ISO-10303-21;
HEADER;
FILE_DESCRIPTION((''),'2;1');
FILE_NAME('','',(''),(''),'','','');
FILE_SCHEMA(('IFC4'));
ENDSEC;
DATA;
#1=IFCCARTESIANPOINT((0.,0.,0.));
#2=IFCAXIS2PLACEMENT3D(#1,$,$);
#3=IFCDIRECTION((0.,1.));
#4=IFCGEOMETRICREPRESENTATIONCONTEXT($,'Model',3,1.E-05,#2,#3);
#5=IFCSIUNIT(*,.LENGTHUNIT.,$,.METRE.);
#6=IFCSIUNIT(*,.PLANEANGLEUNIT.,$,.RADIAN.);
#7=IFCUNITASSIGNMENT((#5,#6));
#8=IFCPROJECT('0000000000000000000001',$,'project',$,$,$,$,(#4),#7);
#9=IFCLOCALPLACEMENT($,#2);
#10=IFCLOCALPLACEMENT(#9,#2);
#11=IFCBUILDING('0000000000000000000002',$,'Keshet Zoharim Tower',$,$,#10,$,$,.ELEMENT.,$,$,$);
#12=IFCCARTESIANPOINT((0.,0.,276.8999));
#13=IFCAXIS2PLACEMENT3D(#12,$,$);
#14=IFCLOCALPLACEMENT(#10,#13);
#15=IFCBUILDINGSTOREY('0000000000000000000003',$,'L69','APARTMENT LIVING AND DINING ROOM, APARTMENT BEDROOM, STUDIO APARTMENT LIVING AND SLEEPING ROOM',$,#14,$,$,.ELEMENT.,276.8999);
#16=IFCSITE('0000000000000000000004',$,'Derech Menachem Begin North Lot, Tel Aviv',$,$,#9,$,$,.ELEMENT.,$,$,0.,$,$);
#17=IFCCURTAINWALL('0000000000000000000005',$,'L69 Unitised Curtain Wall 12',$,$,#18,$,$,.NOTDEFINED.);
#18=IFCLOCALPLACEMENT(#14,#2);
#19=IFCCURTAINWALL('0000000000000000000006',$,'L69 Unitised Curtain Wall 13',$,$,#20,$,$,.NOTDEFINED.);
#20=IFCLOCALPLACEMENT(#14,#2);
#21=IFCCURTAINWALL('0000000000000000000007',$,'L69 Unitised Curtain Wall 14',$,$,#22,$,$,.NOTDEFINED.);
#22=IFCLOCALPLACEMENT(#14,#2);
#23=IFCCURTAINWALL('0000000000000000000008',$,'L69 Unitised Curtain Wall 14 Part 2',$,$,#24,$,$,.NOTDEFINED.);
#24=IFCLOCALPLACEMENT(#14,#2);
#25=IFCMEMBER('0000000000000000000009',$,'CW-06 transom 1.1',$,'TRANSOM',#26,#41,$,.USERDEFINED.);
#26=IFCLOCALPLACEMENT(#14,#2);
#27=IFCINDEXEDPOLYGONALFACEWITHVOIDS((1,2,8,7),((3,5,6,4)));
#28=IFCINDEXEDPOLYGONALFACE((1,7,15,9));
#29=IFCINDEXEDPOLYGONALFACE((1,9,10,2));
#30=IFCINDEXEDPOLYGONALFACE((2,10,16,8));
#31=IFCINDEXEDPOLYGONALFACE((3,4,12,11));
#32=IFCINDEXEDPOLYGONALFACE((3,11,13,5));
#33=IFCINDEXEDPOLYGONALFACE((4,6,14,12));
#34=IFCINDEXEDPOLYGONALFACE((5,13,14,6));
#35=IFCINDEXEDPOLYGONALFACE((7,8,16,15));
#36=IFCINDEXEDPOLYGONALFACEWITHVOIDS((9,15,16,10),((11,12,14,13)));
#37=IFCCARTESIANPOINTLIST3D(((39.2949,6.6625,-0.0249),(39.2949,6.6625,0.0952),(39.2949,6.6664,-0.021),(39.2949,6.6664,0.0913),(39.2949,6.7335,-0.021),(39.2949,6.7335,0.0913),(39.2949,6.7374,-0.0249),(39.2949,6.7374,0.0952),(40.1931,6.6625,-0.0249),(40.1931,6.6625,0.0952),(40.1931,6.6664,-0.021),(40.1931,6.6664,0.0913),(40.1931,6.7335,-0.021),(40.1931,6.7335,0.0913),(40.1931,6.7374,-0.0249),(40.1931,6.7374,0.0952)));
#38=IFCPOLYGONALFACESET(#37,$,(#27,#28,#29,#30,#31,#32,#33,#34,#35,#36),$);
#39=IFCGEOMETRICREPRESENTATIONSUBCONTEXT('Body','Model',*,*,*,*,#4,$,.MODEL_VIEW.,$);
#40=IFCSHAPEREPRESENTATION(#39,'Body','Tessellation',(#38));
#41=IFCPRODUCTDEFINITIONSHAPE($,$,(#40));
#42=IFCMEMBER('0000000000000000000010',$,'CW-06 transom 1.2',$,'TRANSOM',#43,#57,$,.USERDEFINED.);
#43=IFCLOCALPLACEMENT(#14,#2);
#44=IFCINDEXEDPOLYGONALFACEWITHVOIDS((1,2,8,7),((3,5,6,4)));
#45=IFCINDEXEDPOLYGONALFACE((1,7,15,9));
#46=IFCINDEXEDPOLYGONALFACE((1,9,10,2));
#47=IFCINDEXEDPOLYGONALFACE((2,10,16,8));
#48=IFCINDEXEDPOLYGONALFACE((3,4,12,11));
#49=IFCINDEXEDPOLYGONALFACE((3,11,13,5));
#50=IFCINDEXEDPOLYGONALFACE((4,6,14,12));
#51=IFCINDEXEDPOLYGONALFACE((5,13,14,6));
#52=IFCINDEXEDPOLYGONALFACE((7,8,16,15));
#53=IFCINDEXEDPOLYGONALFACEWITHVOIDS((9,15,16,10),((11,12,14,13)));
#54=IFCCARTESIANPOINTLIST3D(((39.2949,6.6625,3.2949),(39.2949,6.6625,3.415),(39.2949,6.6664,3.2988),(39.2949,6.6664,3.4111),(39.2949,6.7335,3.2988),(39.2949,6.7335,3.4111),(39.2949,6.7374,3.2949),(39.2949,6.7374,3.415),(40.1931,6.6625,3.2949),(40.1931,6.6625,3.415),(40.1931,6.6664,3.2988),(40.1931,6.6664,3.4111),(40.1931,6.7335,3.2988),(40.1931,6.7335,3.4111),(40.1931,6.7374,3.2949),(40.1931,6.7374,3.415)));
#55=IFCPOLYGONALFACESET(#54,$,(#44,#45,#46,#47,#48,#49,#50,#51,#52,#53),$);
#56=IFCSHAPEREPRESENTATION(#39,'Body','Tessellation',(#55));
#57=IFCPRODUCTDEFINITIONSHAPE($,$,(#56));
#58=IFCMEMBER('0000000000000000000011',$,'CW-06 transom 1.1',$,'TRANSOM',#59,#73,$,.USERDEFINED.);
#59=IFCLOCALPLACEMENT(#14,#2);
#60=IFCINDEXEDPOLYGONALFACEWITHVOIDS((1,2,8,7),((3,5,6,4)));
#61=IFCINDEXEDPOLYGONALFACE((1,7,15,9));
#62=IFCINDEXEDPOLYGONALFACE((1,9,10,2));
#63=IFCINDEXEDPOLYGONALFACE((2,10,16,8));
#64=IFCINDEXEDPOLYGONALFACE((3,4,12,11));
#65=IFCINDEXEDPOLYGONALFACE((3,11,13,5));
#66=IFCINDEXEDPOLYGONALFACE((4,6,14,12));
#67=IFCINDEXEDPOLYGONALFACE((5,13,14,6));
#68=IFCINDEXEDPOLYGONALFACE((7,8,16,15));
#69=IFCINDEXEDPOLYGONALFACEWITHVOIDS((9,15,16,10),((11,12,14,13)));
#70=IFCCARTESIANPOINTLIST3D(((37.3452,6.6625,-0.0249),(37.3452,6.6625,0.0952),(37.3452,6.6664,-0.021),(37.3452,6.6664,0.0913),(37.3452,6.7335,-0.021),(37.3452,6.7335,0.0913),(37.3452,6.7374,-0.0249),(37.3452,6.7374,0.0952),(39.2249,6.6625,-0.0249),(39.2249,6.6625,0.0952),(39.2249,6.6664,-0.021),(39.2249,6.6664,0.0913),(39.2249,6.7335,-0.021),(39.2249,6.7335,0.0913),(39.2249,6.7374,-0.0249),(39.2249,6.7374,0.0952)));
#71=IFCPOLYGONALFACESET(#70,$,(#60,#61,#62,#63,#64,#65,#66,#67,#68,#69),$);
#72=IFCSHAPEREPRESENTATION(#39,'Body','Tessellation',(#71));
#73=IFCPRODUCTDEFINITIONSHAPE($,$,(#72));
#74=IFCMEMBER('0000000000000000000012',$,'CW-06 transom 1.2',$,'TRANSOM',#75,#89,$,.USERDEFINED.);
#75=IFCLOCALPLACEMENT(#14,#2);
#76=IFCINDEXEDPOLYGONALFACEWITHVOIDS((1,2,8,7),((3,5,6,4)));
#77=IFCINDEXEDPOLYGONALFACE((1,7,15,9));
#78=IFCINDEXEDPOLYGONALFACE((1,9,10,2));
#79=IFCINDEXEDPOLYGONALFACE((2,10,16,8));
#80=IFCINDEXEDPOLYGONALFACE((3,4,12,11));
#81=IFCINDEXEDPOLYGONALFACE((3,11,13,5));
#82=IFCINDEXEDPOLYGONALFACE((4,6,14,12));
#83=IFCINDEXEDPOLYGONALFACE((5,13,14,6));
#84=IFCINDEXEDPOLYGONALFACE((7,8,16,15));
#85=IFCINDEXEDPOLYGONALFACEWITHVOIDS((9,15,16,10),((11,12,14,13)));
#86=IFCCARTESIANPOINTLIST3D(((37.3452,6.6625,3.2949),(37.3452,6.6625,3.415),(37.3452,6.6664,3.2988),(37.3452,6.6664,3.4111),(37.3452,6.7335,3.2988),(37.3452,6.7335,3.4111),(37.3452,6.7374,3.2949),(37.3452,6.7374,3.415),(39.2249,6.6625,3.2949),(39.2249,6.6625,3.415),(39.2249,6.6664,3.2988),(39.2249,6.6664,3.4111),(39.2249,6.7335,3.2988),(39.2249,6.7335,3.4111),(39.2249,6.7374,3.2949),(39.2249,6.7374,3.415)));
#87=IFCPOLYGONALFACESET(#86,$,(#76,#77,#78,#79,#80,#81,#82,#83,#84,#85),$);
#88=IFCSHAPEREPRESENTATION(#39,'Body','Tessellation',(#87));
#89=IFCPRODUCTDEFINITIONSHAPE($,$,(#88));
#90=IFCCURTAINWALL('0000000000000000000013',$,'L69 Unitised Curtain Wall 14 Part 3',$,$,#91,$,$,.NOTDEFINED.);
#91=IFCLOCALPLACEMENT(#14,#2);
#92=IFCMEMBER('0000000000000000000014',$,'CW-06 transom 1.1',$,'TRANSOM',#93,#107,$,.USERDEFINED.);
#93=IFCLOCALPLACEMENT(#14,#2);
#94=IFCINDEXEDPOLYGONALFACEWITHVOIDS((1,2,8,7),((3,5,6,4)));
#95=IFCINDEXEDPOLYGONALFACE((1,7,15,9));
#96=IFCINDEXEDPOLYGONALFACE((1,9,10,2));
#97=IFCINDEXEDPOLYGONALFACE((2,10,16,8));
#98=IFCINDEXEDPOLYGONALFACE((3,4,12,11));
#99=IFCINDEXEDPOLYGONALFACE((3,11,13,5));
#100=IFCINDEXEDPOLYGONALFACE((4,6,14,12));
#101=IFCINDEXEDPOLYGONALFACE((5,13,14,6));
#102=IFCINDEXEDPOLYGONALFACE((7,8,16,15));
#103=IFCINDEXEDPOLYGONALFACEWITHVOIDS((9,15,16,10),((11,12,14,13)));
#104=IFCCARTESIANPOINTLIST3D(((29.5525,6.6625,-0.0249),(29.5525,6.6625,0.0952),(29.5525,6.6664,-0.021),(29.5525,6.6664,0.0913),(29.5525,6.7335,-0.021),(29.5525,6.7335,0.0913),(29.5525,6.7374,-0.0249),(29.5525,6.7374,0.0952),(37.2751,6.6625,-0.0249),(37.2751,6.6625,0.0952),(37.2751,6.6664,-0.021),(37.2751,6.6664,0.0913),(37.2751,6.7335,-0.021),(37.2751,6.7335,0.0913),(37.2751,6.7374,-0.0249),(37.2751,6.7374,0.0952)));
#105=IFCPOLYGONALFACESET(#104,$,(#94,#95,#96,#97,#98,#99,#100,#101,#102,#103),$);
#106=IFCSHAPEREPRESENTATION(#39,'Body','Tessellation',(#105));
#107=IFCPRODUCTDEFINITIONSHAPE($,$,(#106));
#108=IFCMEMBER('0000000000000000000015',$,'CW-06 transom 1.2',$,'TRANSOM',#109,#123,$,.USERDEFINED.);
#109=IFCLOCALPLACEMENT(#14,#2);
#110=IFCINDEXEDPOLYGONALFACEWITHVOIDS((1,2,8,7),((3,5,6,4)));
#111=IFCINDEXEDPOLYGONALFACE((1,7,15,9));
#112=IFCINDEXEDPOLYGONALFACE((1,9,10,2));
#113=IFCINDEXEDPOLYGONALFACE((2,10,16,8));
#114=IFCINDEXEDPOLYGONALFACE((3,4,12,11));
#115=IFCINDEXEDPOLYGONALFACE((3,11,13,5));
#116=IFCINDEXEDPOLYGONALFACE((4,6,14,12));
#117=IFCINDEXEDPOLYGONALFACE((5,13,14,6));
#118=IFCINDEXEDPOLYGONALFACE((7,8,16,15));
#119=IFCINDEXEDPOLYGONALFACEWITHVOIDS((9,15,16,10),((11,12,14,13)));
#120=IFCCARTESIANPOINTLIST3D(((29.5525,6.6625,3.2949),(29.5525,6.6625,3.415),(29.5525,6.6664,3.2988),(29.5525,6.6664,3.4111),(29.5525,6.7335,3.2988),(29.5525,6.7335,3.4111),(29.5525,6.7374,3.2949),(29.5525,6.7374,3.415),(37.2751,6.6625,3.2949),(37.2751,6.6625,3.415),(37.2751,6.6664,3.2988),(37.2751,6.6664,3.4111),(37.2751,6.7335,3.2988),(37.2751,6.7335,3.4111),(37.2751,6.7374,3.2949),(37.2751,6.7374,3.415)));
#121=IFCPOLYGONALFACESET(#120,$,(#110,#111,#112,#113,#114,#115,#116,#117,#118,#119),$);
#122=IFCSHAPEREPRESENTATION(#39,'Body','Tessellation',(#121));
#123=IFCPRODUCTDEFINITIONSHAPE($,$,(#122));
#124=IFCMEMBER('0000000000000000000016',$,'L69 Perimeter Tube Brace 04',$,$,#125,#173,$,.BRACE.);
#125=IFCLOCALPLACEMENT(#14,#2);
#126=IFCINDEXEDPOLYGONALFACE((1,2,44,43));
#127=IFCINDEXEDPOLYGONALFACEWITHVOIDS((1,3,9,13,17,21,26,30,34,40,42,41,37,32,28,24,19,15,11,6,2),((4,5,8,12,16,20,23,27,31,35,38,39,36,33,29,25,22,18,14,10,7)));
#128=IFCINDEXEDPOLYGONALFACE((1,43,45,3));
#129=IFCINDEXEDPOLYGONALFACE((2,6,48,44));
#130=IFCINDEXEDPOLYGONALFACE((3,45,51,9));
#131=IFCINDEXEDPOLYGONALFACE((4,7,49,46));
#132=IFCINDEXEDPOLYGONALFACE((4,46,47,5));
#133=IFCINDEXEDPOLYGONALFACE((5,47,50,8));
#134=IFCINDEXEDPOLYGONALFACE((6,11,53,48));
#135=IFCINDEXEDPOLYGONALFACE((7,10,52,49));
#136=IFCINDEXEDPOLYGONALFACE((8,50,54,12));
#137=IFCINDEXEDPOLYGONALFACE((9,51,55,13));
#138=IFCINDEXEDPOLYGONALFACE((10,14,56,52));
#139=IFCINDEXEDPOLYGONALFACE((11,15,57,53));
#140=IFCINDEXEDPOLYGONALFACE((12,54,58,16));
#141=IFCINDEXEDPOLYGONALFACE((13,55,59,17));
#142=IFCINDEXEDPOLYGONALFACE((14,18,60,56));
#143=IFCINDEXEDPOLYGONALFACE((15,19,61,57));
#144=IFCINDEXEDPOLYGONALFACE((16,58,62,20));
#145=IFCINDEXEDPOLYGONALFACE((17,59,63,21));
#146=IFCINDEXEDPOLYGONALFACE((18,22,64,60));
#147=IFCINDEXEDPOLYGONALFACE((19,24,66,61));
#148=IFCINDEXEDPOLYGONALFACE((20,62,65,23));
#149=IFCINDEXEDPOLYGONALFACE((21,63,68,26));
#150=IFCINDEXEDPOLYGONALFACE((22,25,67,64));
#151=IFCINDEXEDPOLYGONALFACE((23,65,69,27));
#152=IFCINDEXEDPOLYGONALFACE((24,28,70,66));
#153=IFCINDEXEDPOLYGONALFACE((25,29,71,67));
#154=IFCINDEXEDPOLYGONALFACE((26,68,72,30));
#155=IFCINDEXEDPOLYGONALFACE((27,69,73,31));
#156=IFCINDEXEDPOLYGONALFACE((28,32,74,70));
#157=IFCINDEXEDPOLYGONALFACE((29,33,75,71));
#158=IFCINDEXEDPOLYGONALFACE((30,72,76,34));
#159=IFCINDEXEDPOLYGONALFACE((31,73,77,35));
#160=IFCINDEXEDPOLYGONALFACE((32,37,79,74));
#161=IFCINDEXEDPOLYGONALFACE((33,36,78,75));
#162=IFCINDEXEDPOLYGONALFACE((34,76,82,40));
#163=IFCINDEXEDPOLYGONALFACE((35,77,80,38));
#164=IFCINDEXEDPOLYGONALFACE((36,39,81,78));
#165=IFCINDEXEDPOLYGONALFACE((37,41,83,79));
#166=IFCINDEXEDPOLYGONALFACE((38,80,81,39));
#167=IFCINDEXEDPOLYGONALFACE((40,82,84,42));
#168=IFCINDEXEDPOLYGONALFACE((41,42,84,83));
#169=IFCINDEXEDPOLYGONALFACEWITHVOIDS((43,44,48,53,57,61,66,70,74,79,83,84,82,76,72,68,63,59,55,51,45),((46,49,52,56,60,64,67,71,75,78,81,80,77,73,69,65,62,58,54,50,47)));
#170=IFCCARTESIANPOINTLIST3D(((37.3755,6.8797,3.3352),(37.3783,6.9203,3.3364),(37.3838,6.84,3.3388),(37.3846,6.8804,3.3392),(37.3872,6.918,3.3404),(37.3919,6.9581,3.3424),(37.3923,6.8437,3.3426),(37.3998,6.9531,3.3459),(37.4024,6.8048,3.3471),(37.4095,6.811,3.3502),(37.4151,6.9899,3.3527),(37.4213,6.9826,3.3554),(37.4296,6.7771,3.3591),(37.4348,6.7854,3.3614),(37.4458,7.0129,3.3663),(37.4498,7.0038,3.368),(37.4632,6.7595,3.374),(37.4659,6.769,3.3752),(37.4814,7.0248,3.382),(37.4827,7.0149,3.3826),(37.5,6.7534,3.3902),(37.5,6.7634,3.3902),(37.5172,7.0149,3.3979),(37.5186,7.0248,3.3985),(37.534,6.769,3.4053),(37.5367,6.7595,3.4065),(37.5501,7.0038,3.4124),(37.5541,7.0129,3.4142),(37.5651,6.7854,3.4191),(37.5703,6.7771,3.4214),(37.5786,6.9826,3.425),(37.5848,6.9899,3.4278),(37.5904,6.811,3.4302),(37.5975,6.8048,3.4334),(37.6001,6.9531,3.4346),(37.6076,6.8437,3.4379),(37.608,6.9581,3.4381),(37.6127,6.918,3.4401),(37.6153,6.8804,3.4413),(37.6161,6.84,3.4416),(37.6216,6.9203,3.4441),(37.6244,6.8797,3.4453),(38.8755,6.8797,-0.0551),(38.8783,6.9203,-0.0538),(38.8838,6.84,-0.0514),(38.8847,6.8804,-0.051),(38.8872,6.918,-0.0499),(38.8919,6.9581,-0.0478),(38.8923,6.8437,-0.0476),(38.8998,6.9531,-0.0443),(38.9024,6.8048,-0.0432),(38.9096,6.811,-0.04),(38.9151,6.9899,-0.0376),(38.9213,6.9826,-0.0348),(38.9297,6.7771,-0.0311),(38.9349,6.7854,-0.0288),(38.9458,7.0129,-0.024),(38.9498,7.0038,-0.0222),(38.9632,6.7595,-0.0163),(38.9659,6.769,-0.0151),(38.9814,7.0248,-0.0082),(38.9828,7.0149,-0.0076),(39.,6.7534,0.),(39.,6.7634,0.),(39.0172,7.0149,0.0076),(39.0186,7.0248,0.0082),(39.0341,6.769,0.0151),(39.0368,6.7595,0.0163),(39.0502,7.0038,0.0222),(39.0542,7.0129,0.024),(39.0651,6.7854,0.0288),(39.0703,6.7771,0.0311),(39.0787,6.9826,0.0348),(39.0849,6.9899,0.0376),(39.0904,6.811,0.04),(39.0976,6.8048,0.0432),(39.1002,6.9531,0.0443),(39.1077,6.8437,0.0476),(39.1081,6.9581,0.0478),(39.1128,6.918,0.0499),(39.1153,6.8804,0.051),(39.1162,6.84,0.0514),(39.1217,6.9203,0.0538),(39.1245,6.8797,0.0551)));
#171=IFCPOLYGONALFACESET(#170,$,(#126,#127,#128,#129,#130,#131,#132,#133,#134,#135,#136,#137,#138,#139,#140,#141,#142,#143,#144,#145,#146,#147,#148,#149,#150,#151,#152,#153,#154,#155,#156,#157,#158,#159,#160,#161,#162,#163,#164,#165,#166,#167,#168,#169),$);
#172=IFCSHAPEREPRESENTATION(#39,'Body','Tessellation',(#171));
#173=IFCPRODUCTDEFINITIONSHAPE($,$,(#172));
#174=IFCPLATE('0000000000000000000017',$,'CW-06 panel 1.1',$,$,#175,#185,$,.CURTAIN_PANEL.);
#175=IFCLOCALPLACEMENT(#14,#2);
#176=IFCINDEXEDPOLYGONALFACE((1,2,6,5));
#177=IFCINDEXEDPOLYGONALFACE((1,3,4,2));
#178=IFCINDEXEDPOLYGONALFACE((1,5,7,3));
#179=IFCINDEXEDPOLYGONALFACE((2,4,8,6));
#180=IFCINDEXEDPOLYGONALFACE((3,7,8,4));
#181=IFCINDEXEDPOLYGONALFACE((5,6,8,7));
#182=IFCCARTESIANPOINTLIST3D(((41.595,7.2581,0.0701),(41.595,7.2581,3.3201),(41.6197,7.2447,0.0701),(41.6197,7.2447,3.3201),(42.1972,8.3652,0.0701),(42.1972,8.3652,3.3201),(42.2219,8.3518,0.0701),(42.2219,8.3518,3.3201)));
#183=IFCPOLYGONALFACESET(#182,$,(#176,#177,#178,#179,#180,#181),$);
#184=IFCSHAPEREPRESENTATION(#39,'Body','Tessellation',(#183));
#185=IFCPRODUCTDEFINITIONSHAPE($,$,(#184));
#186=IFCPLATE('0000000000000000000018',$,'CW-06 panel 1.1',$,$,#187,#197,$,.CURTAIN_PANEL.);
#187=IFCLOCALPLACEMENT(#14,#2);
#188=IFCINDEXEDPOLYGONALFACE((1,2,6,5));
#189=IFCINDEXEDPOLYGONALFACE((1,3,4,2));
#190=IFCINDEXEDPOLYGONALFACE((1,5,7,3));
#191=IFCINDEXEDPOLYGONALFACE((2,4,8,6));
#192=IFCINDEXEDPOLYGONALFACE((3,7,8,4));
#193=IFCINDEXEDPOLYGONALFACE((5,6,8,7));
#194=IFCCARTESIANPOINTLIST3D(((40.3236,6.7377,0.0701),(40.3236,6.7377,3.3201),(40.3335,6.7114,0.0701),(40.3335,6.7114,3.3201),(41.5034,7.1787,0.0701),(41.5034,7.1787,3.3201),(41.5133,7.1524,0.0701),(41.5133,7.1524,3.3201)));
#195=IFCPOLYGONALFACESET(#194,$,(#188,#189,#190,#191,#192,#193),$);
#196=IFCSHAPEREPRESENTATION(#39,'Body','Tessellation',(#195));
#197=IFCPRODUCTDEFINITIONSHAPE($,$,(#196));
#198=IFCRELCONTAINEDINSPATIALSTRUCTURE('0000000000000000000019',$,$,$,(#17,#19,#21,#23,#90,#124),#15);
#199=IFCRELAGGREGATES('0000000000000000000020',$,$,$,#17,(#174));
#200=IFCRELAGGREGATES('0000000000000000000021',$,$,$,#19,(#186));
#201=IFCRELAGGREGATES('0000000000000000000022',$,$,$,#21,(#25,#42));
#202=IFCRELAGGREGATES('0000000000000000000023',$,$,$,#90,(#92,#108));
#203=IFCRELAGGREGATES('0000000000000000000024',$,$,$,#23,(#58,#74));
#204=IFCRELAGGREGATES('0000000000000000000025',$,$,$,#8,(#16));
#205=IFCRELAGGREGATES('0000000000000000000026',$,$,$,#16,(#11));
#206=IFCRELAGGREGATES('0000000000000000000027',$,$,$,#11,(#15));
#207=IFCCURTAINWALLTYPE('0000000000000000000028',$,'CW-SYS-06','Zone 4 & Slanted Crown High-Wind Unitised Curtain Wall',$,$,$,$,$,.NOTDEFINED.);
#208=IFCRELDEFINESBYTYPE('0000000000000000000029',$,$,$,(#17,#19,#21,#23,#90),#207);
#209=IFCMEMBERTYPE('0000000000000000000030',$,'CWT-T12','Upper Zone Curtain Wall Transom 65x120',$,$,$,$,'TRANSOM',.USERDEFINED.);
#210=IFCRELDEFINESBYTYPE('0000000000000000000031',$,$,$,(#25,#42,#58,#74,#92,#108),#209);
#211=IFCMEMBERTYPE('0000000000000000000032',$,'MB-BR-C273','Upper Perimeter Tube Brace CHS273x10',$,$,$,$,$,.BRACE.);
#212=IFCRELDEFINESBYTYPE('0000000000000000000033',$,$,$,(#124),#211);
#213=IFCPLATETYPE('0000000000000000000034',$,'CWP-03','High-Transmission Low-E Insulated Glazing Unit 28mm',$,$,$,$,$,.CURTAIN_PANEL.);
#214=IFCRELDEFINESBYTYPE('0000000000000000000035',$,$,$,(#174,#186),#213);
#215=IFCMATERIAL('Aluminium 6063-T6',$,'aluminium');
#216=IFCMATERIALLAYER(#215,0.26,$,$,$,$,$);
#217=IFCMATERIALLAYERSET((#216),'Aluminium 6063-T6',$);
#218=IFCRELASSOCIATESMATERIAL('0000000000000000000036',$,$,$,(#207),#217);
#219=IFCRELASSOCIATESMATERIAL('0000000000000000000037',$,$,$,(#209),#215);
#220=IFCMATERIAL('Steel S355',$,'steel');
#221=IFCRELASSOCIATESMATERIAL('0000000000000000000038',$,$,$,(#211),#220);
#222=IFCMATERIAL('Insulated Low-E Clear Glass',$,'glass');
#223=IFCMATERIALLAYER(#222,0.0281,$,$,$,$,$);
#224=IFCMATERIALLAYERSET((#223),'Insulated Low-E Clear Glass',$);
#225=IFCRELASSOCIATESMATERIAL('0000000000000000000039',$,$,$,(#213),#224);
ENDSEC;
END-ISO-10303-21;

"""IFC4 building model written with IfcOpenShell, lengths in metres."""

from ifc_helpers import new_model, si_unit, direction, frame, origin, origin_2d, place, context, subcontext, project, spatial, rectangle, hollow_rectangle, hollow_circle, extrude, material, layer, layer_set, material_profile, profile_set, type_object, element, aggregate, save


model = new_model("IFC4")

# Units and contexts
model_context = context("Model", 3, precision=1e-05, world=origin(), true_north=direction((0.0, 1.0)))
body_context = subcontext(model_context, "Body", "Model", "MODEL_VIEW")
ifc_project = project(units=[si_unit("LENGTHUNIT", "METRE"), si_unit("PLANEANGLEUNIT", "RADIAN")], contexts=[model_context])

# Site, building, storey
site_placement = place(None, origin())
site = spatial("IfcSite", under=ifc_project, at=site_placement, Name="Derech Menachem Begin North Lot, Tel Aviv", CompositionType="ELEMENT", RefElevation=0.0)
building_placement = place(site_placement, origin())
building = spatial("IfcBuilding", under=site, at=building_placement, Name="Keshet Zoharim Tower", CompositionType="ELEMENT")
storey_placement = place(building_placement, frame((0.0, 0.0, 276.8999)))
storey = spatial("IfcBuildingStorey", under=building, at=storey_placement, Name="L69", Description="APARTMENT LIVING AND DINING ROOM, APARTMENT BEDROOM, STUDIO APARTMENT LIVING AND SLEEPING ROOM", CompositionType="ELEMENT", Elevation=276.8999)

# Shared definitions
ifc_material_1 = material(Name="Steel S355", Category="steel")

# Curtain wall
ifc_material_2 = material(Name="Aluminium 6063-T6", Category="aluminium")
ifc_layer_1 = layer(ifc_material_2, 0.26)
ifc_layer_set_1 = layer_set([ifc_layer_1], Name="Aluminium 6063-T6")
curtain_wall_type = type_object("IfcCurtainWallType", Name="CW-SYS-06", Description="Zone 4 & Slanted Crown High-Wind Unitised Curtain Wall", PredefinedType="NOTDEFINED", material=ifc_layer_set_1)
curtain_wall_1_placement = place(storey_placement, origin())
curtain_wall_1 = element("IfcCurtainWall", 1, at=curtain_wall_1_placement, inside=storey, type_object=curtain_wall_type, Name="L69 Unitised Curtain Wall 12", PredefinedType="NOTDEFINED")

# Curtain walls
curtain_wall_2_placement = place(storey_placement, origin())
curtain_wall_2 = element("IfcCurtainWall", 2, at=curtain_wall_2_placement, inside=storey, type_object=curtain_wall_type, Name="L69 Unitised Curtain Wall 13", PredefinedType="NOTDEFINED")
curtain_wall_3_placement = place(storey_placement, origin())
curtain_wall_3 = element("IfcCurtainWall", 3, at=curtain_wall_3_placement, inside=storey, type_object=curtain_wall_type, Name="L69 Unitised Curtain Wall 14", PredefinedType="NOTDEFINED")

# Curtain wall
curtain_wall_4_placement = place(storey_placement, origin())
curtain_wall_4 = element("IfcCurtainWall", 4, at=curtain_wall_4_placement, inside=storey, type_object=curtain_wall_type, Name="L69 Unitised Curtain Wall 14 Part 2", PredefinedType="NOTDEFINED")

# Members
ifc_material_profile_1 = material_profile(ifc_material_2, hollow_rectangle(XDim=0.075, YDim=0.1201, WallThickness=0.0039, at=origin_2d()), Name="TRN-75x120")
ifc_profile_set_1 = profile_set([ifc_material_profile_1], Name="Aluminium 6063-T6")
member_type_1 = type_object("IfcMemberType", Name="CWT-T12", Description="Upper Zone Curtain Wall Transom 65x120", ElementType="TRANSOM", PredefinedType="USERDEFINED", material=ifc_profile_set_1)
member_1_placement = place(storey_placement, frame((40.1931, 6.7, 0.0352), z_axis=(-1.0, 0.0, 0.0), x_axis=(0.0, -1.0, 0.0)))
member_1 = element("IfcMember", 5, at=member_1_placement, type_object=member_type_1, Name="CW-06 transom 1.1", ObjectType="TRANSOM", PredefinedType="USERDEFINED", context=body_context, shape_type="SweptSolid", body=[
    extrude(hollow_rectangle(XDim=0.075, YDim=0.1201, WallThickness=0.0039, at=origin_2d()), origin(), (0.0, 0.0, 1.0), 0.8982),
])
member_2_placement = place(storey_placement, frame((40.1931, 6.7, 3.355), z_axis=(-1.0, 0.0, 0.0), x_axis=(0.0, -1.0, 0.0)))
member_2 = element("IfcMember", 6, at=member_2_placement, type_object=member_type_1, Name="CW-06 transom 1.2", ObjectType="TRANSOM", PredefinedType="USERDEFINED", context=body_context, shape_type="SweptSolid", body=[
    extrude(hollow_rectangle(XDim=0.075, YDim=0.1201, WallThickness=0.0039, at=origin_2d()), origin(), (0.0, 0.0, 1.0), 0.8982),
])
member_3_placement = place(storey_placement, frame((39.2249, 6.7, 0.0352), z_axis=(-1.0, 0.0, 0.0), x_axis=(0.0, -1.0, 0.0)))
member_3 = element("IfcMember", 7, at=member_3_placement, type_object=member_type_1, Name="CW-06 transom 1.1", ObjectType="TRANSOM", PredefinedType="USERDEFINED", context=body_context, shape_type="SweptSolid", body=[
    extrude(hollow_rectangle(XDim=0.075, YDim=0.1201, WallThickness=0.0039, at=origin_2d()), origin(), (0.0, 0.0, 1.0), 1.8796),
])
member_4_placement = place(storey_placement, frame((39.2249, 6.7, 3.355), z_axis=(-1.0, 0.0, 0.0), x_axis=(0.0, -1.0, 0.0)))
member_4 = element("IfcMember", 8, at=member_4_placement, type_object=member_type_1, Name="CW-06 transom 1.2", ObjectType="TRANSOM", PredefinedType="USERDEFINED", context=body_context, shape_type="SweptSolid", body=[
    extrude(hollow_rectangle(XDim=0.075, YDim=0.1201, WallThickness=0.0039, at=origin_2d()), origin(), (0.0, 0.0, 1.0), 1.8796),
])

# Curtain wall, members
curtain_wall_5_placement = place(storey_placement, origin())
curtain_wall_5 = element("IfcCurtainWall", 9, at=curtain_wall_5_placement, inside=storey, type_object=curtain_wall_type, Name="L69 Unitised Curtain Wall 14 Part 3", PredefinedType="NOTDEFINED")
member_5_placement = place(storey_placement, frame((37.2751, 6.7, 0.0352), z_axis=(-1.0, 0.0, 0.0), x_axis=(0.0, -1.0, 0.0)))
member_5 = element("IfcMember", 10, at=member_5_placement, type_object=member_type_1, Name="CW-06 transom 1.1", ObjectType="TRANSOM", PredefinedType="USERDEFINED", context=body_context, shape_type="SweptSolid", body=[
    extrude(hollow_rectangle(XDim=0.075, YDim=0.1201, WallThickness=0.0039, at=origin_2d()), origin(), (0.0, 0.0, 1.0), 7.7227),
])
member_6_placement = place(storey_placement, frame((37.2751, 6.7, 3.355), z_axis=(-1.0, 0.0, 0.0), x_axis=(0.0, -1.0, 0.0)))
member_6 = element("IfcMember", 11, at=member_6_placement, type_object=member_type_1, Name="CW-06 transom 1.2", ObjectType="TRANSOM", PredefinedType="USERDEFINED", context=body_context, shape_type="SweptSolid", body=[
    extrude(hollow_rectangle(XDim=0.075, YDim=0.1201, WallThickness=0.0039, at=origin_2d()), origin(), (0.0, 0.0, 1.0), 7.7227),
])

# Member
ifc_material_profile_2 = material_profile(ifc_material_1, hollow_circle(Radius=0.1365, WallThickness=0.01, at=origin_2d()), Name="CHS273x10")
ifc_profile_set_2 = profile_set([ifc_material_profile_2], Name="Steel S355")
member_type_2 = type_object("IfcMemberType", Name="MB-BR-C273", Description="Upper Perimeter Tube Brace CHS273x10", PredefinedType="BRACE", material=ifc_profile_set_2)
member_7_placement = place(storey_placement, frame((39.0, 6.8899, 0.0), z_axis=(-0.404623, 0.0, 0.914484), x_axis=(0.0, -1.0, 0.0)))
element("IfcMember", 12, at=member_7_placement, inside=storey, type_object=member_type_2, Name="L69 Perimeter Tube Brace 04", PredefinedType="BRACE", context=body_context, shape_type="SweptSolid", body=[
    extrude(hollow_circle(Radius=0.1365, WallThickness=0.01, at=origin_2d()), origin(), (0.0, 0.0, 1.0), 3.7073),
])

# Plates
ifc_material_3 = material(Name="Insulated Low-E Clear Glass", Category="glass")
ifc_layer_2 = layer(ifc_material_3, 0.0281)
ifc_layer_set_2 = layer_set([ifc_layer_2], Name="Insulated Low-E Clear Glass")
plate_type_1 = type_object("IfcPlateType", Name="CWP-03", Description="High-Transmission Low-E Insulated Glazing Unit 28mm", PredefinedType="CURTAIN_PANEL", material=ifc_layer_set_2)
plate_1_placement = place(storey_placement, frame((41.9084, 7.8049, 0.0701), z_axis=(0.0, 0.0, 1.0), x_axis=(-0.477801, -0.878468, 0.0)))
plate_1 = element("IfcPlate", 13, at=plate_1_placement, type_object=plate_type_1, Name="CW-06 panel 1.1", PredefinedType="CURTAIN_PANEL", context=body_context, shape_type="SweptSolid", body=[
    extrude(rectangle(XDim=1.2603, YDim=0.0281, at=origin_2d()), origin(), (0.0, 0.0, 1.0), 3.25),
])
aggregate(curtain_wall_1, [plate_1])
plate_2_placement = place(storey_placement, frame((40.9185, 6.9451, 0.0701), z_axis=(0.0, 0.0, 1.0), x_axis=(-0.93671, -0.350105, 0.0)))
plate_2 = element("IfcPlate", 14, at=plate_2_placement, type_object=plate_type_1, Name="CW-06 panel 1.1", PredefinedType="CURTAIN_PANEL", context=body_context, shape_type="SweptSolid", body=[
    extrude(rectangle(XDim=1.2595, YDim=0.0281, at=origin_2d()), origin(), (0.0, 0.0, 1.0), 3.25),
])
aggregate(curtain_wall_2, [plate_2])
aggregate(curtain_wall_3, [member_1, member_2])
aggregate(curtain_wall_5, [member_5, member_6])
aggregate(curtain_wall_4, [member_3, member_4])

save(model, "model.ifc")
